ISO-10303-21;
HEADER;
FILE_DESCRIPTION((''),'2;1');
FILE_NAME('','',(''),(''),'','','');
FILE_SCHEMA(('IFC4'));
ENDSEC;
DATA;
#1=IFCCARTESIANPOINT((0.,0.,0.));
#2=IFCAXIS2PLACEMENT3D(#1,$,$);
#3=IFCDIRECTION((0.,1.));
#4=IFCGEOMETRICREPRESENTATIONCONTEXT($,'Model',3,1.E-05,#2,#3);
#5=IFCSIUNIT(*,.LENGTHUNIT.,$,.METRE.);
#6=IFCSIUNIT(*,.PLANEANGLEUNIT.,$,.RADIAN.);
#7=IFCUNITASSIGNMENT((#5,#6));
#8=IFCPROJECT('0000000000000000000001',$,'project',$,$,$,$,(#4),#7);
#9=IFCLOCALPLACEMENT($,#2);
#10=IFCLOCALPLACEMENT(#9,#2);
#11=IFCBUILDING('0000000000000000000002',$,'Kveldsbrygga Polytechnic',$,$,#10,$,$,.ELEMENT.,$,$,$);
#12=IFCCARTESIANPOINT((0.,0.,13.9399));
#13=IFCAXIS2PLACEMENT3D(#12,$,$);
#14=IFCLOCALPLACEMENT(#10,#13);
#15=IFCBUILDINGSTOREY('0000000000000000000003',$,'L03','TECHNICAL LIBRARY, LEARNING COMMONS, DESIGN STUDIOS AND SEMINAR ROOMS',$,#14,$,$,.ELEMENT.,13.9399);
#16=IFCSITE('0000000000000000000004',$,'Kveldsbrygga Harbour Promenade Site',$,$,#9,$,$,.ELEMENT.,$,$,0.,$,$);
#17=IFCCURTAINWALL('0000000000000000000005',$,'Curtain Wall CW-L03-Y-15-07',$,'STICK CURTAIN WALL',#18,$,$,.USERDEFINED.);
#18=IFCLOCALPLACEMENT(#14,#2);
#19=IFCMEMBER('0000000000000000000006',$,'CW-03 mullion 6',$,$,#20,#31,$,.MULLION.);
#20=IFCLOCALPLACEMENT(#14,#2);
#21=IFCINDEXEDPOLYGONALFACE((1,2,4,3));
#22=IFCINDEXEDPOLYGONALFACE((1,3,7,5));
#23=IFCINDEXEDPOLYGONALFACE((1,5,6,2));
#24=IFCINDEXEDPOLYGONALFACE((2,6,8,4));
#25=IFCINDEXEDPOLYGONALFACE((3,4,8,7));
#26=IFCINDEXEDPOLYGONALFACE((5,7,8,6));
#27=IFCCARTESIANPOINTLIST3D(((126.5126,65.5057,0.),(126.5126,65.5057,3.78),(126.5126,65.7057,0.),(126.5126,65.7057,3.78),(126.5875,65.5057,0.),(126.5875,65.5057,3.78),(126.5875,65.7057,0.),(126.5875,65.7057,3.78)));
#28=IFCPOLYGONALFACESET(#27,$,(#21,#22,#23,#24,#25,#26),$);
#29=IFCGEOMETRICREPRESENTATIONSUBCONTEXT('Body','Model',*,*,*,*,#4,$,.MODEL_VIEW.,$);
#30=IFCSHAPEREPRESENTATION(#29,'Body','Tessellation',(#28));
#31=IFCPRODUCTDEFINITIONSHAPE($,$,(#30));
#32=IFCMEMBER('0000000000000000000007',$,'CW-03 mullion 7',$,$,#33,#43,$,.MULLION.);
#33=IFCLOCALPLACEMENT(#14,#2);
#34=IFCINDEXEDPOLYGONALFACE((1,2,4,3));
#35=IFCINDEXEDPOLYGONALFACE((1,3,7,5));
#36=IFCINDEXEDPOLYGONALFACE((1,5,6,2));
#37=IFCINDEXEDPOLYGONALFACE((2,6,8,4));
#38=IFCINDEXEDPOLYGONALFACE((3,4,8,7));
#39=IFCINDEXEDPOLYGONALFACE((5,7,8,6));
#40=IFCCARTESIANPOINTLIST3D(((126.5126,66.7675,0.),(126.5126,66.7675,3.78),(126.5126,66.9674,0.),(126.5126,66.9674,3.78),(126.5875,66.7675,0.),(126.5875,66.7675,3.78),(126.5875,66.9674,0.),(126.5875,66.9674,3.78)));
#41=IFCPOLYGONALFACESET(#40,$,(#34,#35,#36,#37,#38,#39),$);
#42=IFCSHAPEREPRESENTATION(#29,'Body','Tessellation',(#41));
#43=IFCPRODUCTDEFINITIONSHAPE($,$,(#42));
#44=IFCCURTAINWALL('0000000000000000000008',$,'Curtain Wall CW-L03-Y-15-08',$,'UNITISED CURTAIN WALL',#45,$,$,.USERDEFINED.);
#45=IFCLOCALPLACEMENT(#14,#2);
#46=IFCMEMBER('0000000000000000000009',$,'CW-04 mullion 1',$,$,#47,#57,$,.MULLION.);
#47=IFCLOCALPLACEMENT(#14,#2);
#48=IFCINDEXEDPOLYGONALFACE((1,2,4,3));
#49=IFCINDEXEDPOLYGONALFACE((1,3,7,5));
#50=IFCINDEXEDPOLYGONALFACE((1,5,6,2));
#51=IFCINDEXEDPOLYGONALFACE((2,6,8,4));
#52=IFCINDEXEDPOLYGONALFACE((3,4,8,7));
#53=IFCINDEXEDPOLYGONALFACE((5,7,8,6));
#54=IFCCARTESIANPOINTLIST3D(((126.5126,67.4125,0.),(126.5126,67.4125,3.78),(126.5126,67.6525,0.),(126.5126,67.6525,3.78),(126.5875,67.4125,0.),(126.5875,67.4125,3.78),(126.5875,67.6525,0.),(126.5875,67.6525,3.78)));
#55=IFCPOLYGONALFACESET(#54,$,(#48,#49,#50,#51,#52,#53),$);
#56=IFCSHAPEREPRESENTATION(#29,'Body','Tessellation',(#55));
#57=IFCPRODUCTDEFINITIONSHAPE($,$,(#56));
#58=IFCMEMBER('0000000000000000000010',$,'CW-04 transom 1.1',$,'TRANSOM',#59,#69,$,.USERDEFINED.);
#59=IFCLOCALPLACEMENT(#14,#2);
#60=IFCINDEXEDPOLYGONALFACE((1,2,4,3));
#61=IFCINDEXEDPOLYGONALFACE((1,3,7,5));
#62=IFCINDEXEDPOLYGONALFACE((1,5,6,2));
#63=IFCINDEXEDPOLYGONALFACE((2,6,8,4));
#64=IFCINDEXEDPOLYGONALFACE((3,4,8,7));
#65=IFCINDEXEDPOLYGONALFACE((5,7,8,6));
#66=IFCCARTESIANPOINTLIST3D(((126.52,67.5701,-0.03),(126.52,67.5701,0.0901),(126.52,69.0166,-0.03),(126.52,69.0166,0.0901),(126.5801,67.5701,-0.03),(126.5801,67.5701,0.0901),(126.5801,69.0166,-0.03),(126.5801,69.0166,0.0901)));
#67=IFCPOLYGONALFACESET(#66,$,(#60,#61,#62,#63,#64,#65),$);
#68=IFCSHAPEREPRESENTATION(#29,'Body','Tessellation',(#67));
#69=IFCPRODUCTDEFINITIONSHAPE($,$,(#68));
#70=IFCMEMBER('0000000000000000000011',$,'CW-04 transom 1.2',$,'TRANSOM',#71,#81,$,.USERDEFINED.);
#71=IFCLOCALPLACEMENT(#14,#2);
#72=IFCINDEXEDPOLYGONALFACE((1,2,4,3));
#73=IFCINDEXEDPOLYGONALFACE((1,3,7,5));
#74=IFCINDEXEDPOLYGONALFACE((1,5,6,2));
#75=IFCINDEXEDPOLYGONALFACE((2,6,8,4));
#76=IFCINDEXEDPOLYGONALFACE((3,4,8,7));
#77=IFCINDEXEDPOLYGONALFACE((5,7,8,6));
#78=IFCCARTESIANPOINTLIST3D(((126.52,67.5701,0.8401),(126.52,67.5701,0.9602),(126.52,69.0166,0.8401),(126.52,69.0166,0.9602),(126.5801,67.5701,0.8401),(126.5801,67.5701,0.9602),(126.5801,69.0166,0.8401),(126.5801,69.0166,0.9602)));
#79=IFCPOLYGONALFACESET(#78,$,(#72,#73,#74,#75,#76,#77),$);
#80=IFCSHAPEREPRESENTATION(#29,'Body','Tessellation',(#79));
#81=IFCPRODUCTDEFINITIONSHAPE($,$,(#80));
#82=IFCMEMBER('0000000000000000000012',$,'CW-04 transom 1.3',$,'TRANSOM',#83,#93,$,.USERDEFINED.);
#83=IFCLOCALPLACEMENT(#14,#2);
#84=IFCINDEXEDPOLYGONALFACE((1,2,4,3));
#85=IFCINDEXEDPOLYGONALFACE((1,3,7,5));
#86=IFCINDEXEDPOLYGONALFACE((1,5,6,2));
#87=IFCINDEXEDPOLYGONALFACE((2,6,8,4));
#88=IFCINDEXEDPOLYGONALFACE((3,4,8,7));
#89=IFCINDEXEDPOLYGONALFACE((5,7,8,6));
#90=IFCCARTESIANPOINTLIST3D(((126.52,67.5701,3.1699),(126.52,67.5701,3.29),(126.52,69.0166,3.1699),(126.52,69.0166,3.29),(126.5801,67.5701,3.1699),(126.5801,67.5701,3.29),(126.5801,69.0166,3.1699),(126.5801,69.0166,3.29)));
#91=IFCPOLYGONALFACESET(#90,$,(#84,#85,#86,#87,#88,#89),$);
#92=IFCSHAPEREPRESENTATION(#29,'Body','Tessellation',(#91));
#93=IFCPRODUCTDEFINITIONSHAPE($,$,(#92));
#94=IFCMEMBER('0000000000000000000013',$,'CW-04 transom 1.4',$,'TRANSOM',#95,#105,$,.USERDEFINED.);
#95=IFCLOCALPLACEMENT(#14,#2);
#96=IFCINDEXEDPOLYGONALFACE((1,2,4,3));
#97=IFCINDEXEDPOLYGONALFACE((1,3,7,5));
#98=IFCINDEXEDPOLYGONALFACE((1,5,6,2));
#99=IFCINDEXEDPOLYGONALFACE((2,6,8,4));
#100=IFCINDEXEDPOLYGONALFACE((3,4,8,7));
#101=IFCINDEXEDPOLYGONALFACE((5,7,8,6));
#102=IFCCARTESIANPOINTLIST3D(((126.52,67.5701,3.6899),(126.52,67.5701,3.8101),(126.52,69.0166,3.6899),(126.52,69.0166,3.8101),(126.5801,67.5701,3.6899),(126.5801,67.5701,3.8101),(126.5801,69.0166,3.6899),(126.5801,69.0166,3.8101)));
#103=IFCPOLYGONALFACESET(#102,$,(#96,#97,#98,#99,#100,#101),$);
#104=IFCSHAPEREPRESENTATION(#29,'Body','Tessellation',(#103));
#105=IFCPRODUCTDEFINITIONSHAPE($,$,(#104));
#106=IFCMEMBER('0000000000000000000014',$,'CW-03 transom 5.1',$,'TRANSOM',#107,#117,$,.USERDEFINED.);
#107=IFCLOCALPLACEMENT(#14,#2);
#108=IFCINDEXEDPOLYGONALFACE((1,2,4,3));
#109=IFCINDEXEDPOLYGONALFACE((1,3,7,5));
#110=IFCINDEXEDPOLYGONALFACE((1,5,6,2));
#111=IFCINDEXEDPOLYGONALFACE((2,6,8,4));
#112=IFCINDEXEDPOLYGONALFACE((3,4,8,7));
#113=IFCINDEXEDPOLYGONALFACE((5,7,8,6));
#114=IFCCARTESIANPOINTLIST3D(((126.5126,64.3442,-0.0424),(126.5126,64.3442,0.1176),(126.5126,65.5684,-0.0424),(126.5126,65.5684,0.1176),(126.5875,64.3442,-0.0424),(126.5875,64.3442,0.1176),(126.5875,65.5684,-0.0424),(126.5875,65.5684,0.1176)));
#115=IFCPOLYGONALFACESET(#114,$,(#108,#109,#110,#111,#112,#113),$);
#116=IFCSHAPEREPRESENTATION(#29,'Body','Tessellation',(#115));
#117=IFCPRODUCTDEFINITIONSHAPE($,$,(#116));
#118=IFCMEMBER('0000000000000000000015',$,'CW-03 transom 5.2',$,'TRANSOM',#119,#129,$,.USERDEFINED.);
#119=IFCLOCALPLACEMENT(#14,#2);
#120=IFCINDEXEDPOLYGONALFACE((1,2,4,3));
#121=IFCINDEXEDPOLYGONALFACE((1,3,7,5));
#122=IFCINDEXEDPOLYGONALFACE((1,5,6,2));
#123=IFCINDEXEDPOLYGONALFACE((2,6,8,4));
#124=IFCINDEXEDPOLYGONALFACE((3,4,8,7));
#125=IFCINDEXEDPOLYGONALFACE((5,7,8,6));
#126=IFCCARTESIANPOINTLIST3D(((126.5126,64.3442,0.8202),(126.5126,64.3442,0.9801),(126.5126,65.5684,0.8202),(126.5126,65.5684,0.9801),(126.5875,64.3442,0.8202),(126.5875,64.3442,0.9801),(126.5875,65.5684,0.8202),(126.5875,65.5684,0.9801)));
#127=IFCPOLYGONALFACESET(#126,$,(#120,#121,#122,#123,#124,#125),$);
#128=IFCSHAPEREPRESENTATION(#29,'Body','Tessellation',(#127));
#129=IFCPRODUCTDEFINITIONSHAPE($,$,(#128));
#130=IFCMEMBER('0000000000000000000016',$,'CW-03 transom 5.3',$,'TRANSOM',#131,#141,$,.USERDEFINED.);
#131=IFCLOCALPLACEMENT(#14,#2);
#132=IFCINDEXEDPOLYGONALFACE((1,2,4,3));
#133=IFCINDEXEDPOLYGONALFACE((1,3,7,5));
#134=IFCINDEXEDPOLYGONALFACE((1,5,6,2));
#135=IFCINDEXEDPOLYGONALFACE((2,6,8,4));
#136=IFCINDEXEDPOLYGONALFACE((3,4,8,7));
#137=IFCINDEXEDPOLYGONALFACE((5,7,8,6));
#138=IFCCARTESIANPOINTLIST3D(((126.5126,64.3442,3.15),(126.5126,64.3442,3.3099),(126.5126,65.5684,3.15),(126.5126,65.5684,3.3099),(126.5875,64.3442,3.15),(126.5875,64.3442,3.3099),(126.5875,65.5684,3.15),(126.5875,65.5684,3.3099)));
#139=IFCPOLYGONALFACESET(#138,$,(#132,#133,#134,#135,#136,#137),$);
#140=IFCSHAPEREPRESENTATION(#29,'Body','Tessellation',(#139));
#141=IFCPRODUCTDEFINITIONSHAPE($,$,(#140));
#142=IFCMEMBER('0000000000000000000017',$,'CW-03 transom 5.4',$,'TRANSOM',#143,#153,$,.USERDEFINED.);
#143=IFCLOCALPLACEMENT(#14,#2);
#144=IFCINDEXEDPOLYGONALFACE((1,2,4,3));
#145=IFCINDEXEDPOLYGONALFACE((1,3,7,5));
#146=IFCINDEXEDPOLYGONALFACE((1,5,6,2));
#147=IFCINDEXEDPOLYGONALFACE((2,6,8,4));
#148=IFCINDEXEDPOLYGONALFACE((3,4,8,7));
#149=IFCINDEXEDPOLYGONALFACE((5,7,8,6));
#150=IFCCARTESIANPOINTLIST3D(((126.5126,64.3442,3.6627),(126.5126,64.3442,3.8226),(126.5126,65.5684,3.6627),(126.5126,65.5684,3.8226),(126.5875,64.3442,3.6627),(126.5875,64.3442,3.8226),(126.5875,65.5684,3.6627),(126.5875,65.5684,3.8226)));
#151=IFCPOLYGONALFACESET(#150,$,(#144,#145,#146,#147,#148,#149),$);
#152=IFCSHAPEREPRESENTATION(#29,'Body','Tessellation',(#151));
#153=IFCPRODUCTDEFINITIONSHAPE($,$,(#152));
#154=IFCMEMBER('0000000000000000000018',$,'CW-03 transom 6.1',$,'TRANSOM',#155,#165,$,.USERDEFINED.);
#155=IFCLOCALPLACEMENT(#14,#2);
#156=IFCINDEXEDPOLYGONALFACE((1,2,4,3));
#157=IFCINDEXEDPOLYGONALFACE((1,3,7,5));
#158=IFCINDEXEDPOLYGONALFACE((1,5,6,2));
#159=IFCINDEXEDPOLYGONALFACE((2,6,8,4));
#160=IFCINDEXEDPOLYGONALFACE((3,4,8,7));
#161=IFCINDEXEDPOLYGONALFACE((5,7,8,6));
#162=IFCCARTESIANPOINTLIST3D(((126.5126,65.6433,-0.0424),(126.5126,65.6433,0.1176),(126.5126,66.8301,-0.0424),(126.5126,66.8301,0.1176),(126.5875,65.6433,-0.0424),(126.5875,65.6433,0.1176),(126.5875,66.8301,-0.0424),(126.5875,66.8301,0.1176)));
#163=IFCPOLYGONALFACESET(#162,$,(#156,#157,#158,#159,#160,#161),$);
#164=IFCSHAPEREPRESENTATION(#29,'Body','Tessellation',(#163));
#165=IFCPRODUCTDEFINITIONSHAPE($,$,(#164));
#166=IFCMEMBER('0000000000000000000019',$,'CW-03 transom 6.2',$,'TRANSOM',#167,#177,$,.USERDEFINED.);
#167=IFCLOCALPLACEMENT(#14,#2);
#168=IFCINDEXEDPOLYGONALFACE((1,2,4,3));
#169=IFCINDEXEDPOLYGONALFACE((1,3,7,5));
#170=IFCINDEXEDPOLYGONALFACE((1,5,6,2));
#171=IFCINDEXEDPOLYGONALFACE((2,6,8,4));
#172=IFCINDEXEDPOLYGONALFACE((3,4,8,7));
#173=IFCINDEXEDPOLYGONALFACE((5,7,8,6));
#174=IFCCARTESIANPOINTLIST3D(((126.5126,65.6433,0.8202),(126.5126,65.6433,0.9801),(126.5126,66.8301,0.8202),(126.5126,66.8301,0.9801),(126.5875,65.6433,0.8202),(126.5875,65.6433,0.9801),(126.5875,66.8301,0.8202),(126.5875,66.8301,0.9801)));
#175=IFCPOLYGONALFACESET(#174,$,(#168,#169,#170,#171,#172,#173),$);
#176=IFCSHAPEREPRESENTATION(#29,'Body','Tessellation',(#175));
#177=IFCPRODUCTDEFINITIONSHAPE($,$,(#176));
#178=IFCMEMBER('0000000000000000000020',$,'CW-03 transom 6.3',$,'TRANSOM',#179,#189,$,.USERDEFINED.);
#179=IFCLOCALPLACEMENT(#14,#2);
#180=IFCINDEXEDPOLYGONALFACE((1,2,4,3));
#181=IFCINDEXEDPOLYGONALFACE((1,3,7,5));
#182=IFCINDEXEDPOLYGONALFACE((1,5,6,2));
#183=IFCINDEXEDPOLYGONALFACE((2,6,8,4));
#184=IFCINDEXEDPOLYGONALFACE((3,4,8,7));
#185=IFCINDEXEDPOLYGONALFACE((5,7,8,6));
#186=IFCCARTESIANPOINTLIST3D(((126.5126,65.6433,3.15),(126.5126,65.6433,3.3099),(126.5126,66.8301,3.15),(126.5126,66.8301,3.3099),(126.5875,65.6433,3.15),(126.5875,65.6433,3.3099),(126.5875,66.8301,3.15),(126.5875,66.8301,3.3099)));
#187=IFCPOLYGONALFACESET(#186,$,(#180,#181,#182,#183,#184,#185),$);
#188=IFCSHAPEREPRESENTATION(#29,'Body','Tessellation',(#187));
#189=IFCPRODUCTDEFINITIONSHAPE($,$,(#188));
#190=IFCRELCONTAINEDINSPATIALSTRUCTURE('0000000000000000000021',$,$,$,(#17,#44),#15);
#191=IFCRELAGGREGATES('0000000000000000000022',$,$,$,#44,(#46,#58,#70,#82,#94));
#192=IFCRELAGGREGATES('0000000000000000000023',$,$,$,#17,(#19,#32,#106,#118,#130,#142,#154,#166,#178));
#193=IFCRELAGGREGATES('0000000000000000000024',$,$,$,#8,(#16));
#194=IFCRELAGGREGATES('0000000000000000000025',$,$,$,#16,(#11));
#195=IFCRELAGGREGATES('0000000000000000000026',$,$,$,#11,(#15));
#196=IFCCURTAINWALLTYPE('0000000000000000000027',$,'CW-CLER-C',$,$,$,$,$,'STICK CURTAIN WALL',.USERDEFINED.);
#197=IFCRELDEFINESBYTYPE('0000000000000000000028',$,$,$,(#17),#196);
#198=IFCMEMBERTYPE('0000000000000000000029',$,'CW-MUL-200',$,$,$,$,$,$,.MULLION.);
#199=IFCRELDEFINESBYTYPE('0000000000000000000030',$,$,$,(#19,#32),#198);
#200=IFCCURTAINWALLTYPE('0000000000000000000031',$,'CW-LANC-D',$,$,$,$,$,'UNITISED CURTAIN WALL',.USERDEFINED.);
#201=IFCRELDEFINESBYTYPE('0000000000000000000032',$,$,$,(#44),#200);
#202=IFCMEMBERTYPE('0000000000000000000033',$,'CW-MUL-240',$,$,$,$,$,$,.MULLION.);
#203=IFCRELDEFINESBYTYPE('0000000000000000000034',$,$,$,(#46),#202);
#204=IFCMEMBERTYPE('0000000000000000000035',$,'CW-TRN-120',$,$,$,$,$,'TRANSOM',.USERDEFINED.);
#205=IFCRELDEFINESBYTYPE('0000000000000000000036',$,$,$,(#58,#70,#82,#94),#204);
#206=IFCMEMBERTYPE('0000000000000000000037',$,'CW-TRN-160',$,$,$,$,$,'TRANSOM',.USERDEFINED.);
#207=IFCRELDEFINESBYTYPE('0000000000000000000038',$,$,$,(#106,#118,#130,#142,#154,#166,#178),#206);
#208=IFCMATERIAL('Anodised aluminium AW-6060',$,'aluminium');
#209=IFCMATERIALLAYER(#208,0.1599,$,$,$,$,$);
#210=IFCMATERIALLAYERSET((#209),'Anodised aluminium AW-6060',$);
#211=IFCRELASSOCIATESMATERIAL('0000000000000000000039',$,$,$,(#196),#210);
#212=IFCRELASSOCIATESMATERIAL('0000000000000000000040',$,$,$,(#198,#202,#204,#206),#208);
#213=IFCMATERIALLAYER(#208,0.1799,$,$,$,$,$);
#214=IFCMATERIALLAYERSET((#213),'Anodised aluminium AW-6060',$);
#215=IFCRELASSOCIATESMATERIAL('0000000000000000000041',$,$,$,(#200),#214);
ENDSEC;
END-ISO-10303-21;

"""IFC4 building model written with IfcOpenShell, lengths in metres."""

from ifc_helpers import new_model, si_unit, direction, frame, origin, origin_2d, place, context, subcontext, project, spatial, rectangle, extrude, material, layer, layer_set, material_profile, profile_set, type_object, element, aggregate, save


model = new_model("IFC4")

# Units and contexts
model_context = context("Model", 3, precision=1e-05, world=origin(), true_north=direction((0.0, 1.0)))
body_context = subcontext(model_context, "Body", "Model", "MODEL_VIEW")
ifc_project = project(units=[si_unit("LENGTHUNIT", "METRE"), si_unit("PLANEANGLEUNIT", "RADIAN")], contexts=[model_context])

# Site, building, storey
site_placement = place(None, origin())
site = spatial("IfcSite", under=ifc_project, at=site_placement, Name="Kveldsbrygga Harbour Promenade Site", CompositionType="ELEMENT", RefElevation=0.0)
building_placement = place(site_placement, origin())
building = spatial("IfcBuilding", under=site, at=building_placement, Name="Kveldsbrygga Polytechnic", CompositionType="ELEMENT")
storey_placement = place(building_placement, frame((0.0, 0.0, 13.9399)))
storey = spatial("IfcBuildingStorey", under=building, at=storey_placement, Name="L03", Description="TECHNICAL LIBRARY, LEARNING COMMONS, DESIGN STUDIOS AND SEMINAR ROOMS", CompositionType="ELEMENT", Elevation=13.9399)

# Curtain walls, members
ifc_material_1 = material(Name="Anodised aluminium AW-6060", Category="aluminium")
ifc_layer_1 = layer(ifc_material_1, 0.1599)
ifc_layer_set_1 = layer_set([ifc_layer_1], Name="Anodised aluminium AW-6060")
curtain_wall_type_1 = type_object("IfcCurtainWallType", Name="CW-CLER-C", ElementType="STICK CURTAIN WALL", PredefinedType="USERDEFINED", material=ifc_layer_set_1)
curtain_wall_1_placement = place(storey_placement, origin())
curtain_wall_1 = element("IfcCurtainWall", 1, at=curtain_wall_1_placement, inside=storey, type_object=curtain_wall_type_1, Name="Curtain Wall CW-L03-Y-15-07", ObjectType="STICK CURTAIN WALL", PredefinedType="USERDEFINED")
ifc_material_profile_1 = material_profile(ifc_material_1, rectangle(XDim=0.075, YDim=0.2, at=origin_2d()), Name="ALU 75x200")
ifc_profile_set_1 = profile_set([ifc_material_profile_1], Name="Anodised aluminium AW-6060")
member_type_1 = type_object("IfcMemberType", Name="CW-MUL-200", PredefinedType="MULLION", material=ifc_profile_set_1)
member_1_placement = place(storey_placement, frame((126.55, 65.6057, 0.0), z_axis=(0.0, 0.0, 1.0), x_axis=(-1.0, 0.0, 0.0)))
member_1 = element("IfcMember", 2, at=member_1_placement, type_object=member_type_1, Name="CW-03 mullion 6", PredefinedType="MULLION", context=body_context, shape_type="SweptSolid", body=[
    extrude(rectangle(XDim=0.075, YDim=0.2, at=origin_2d()), origin(), (0.0, 0.0, 1.0), 3.78),
])
member_2_placement = place(storey_placement, frame((126.55, 66.8674, 0.0), z_axis=(0.0, 0.0, 1.0), x_axis=(-1.0, 0.0, 0.0)))
member_2 = element("IfcMember", 3, at=member_2_placement, type_object=member_type_1, Name="CW-03 mullion 7", PredefinedType="MULLION", context=body_context, shape_type="SweptSolid", body=[
    extrude(rectangle(XDim=0.075, YDim=0.2, at=origin_2d()), origin(), (0.0, 0.0, 1.0), 3.78),
])
ifc_layer_2 = layer(ifc_material_1, 0.1799)
ifc_layer_set_2 = layer_set([ifc_layer_2], Name="Anodised aluminium AW-6060")
curtain_wall_type_2 = type_object("IfcCurtainWallType", Name="CW-LANC-D", ElementType="UNITISED CURTAIN WALL", PredefinedType="USERDEFINED", material=ifc_layer_set_2)
curtain_wall_2_placement = place(storey_placement, origin())
curtain_wall_2 = element("IfcCurtainWall", 4, at=curtain_wall_2_placement, inside=storey, type_object=curtain_wall_type_2, Name="Curtain Wall CW-L03-Y-15-08", ObjectType="UNITISED CURTAIN WALL", PredefinedType="USERDEFINED")
ifc_material_profile_2 = material_profile(ifc_material_1, rectangle(XDim=0.075, YDim=0.24, at=origin_2d()), Name="ALU 75x240")
ifc_profile_set_2 = profile_set([ifc_material_profile_2], Name="Anodised aluminium AW-6060")
member_type_2 = type_object("IfcMemberType", Name="CW-MUL-240", PredefinedType="MULLION", material=ifc_profile_set_2)
member_3_placement = place(storey_placement, frame((126.55, 67.5325, 0.0), z_axis=(0.0, 0.0, 1.0), x_axis=(-1.0, 0.0, 0.0)))
member_3 = element("IfcMember", 5, at=member_3_placement, type_object=member_type_2, Name="CW-04 mullion 1", PredefinedType="MULLION", context=body_context, shape_type="SweptSolid", body=[
    extrude(rectangle(XDim=0.075, YDim=0.24, at=origin_2d()), origin(), (0.0, 0.0, 1.0), 3.78),
])
ifc_material_profile_3 = material_profile(ifc_material_1, rectangle(XDim=0.0601, YDim=0.1201, at=origin_2d()), Name="ALU 60x120")
ifc_profile_set_3 = profile_set([ifc_material_profile_3], Name="Anodised aluminium AW-6060")
member_type_3 = type_object("IfcMemberType", Name="CW-TRN-120", ElementType="TRANSOM", PredefinedType="USERDEFINED", material=ifc_profile_set_3)
member_4_placement = place(storey_placement, frame((126.55, 67.5701, 0.03), z_axis=(0.0, 1.0, 0.0), x_axis=(-1.0, 0.0, 0.0)))
member_4 = element("IfcMember", 6, at=member_4_placement, type_object=member_type_3, Name="CW-04 transom 1.1", ObjectType="TRANSOM", PredefinedType="USERDEFINED", context=body_context, shape_type="SweptSolid", body=[
    extrude(rectangle(XDim=0.0601, YDim=0.1201, at=origin_2d()), origin(), (0.0, 0.0, 1.0), 1.4465),
])
member_5_placement = place(storey_placement, frame((126.55, 67.5701, 0.9001), z_axis=(0.0, 1.0, 0.0), x_axis=(-1.0, 0.0, 0.0)))
member_5 = element("IfcMember", 7, at=member_5_placement, type_object=member_type_3, Name="CW-04 transom 1.2", ObjectType="TRANSOM", PredefinedType="USERDEFINED", context=body_context, shape_type="SweptSolid", body=[
    extrude(rectangle(XDim=0.0601, YDim=0.1201, at=origin_2d()), origin(), (0.0, 0.0, 1.0), 1.4465),
])
member_6_placement = place(storey_placement, frame((126.55, 67.5701, 3.23), z_axis=(0.0, 1.0, 0.0), x_axis=(-1.0, 0.0, 0.0)))
member_6 = element("IfcMember", 8, at=member_6_placement, type_object=member_type_3, Name="CW-04 transom 1.3", ObjectType="TRANSOM", PredefinedType="USERDEFINED", context=body_context, shape_type="SweptSolid", body=[
    extrude(rectangle(XDim=0.0601, YDim=0.1201, at=origin_2d()), origin(), (0.0, 0.0, 1.0), 1.4465),
])
member_7_placement = place(storey_placement, frame((126.55, 67.5701, 3.75), z_axis=(0.0, 1.0, 0.0), x_axis=(-1.0, 0.0, 0.0)))
member_7 = element("IfcMember", 9, at=member_7_placement, type_object=member_type_3, Name="CW-04 transom 1.4", ObjectType="TRANSOM", PredefinedType="USERDEFINED", context=body_context, shape_type="SweptSolid", body=[
    extrude(rectangle(XDim=0.0601, YDim=0.1201, at=origin_2d()), origin(), (0.0, 0.0, 1.0), 1.4465),
])
aggregate(curtain_wall_2, [member_3, member_4, member_5, member_6, member_7])

# Members
ifc_material_profile_4 = material_profile(ifc_material_1, rectangle(XDim=0.075, YDim=0.1599, at=origin_2d()), Name="ALU 75x160")
ifc_profile_set_4 = profile_set([ifc_material_profile_4], Name="Anodised aluminium AW-6060")
member_type_4 = type_object("IfcMemberType", Name="CW-TRN-160", ElementType="TRANSOM", PredefinedType="USERDEFINED", material=ifc_profile_set_4)
member_8_placement = place(storey_placement, frame((126.55, 64.3442, 0.0376), z_axis=(0.0, 1.0, 0.0), x_axis=(-1.0, 0.0, 0.0)))
member_8 = element("IfcMember", 10, at=member_8_placement, type_object=member_type_4, Name="CW-03 transom 5.1", ObjectType="TRANSOM", PredefinedType="USERDEFINED", context=body_context, shape_type="SweptSolid", body=[
    extrude(rectangle(XDim=0.075, YDim=0.1599, at=origin_2d()), origin(), (0.0, 0.0, 1.0), 1.2241),
])
member_9_placement = place(storey_placement, frame((126.55, 64.3442, 0.9001), z_axis=(0.0, 1.0, 0.0), x_axis=(-1.0, 0.0, 0.0)))
member_9 = element("IfcMember", 11, at=member_9_placement, type_object=member_type_4, Name="CW-03 transom 5.2", ObjectType="TRANSOM", PredefinedType="USERDEFINED", context=body_context, shape_type="SweptSolid", body=[
    extrude(rectangle(XDim=0.075, YDim=0.1599, at=origin_2d()), origin(), (0.0, 0.0, 1.0), 1.2241),
])
member_10_placement = place(storey_placement, frame((126.55, 64.3442, 3.23), z_axis=(0.0, 1.0, 0.0), x_axis=(-1.0, 0.0, 0.0)))
member_10 = element("IfcMember", 12, at=member_10_placement, type_object=member_type_4, Name="CW-03 transom 5.3", ObjectType="TRANSOM", PredefinedType="USERDEFINED", context=body_context, shape_type="SweptSolid", body=[
    extrude(rectangle(XDim=0.075, YDim=0.1599, at=origin_2d()), origin(), (0.0, 0.0, 1.0), 1.2241),
])
member_11_placement = place(storey_placement, frame((126.55, 64.3442, 3.7427), z_axis=(0.0, 1.0, 0.0), x_axis=(-1.0, 0.0, 0.0)))
member_11 = element("IfcMember", 13, at=member_11_placement, type_object=member_type_4, Name="CW-03 transom 5.4", ObjectType="TRANSOM", PredefinedType="USERDEFINED", context=body_context, shape_type="SweptSolid", body=[
    extrude(rectangle(XDim=0.075, YDim=0.1599, at=origin_2d()), origin(), (0.0, 0.0, 1.0), 1.2241),
])
member_12_placement = place(storey_placement, frame((126.55, 65.6433, 0.0376), z_axis=(0.0, 1.0, 0.0), x_axis=(-1.0, 0.0, 0.0)))
member_12 = element("IfcMember", 14, at=member_12_placement, type_object=member_type_4, Name="CW-03 transom 6.1", ObjectType="TRANSOM", PredefinedType="USERDEFINED", context=body_context, shape_type="SweptSolid", body=[
    extrude(rectangle(XDim=0.075, YDim=0.1599, at=origin_2d()), origin(), (0.0, 0.0, 1.0), 1.1868),
])
member_13_placement = place(storey_placement, frame((126.55, 65.6433, 0.9001), z_axis=(0.0, 1.0, 0.0), x_axis=(-1.0, 0.0, 0.0)))
member_13 = element("IfcMember", 15, at=member_13_placement, type_object=member_type_4, Name="CW-03 transom 6.2", ObjectType="TRANSOM", PredefinedType="USERDEFINED", context=body_context, shape_type="SweptSolid", body=[
    extrude(rectangle(XDim=0.075, YDim=0.1599, at=origin_2d()), origin(), (0.0, 0.0, 1.0), 1.1868),
])
member_14_placement = place(storey_placement, frame((126.55, 65.6433, 3.23), z_axis=(0.0, 1.0, 0.0), x_axis=(-1.0, 0.0, 0.0)))
member_14 = element("IfcMember", 16, at=member_14_placement, type_object=member_type_4, Name="CW-03 transom 6.3", ObjectType="TRANSOM", PredefinedType="USERDEFINED", context=body_context, shape_type="SweptSolid", body=[
    extrude(rectangle(XDim=0.075, YDim=0.1599, at=origin_2d()), origin(), (0.0, 0.0, 1.0), 1.1868),
])

aggregate(curtain_wall_1, [member_1, member_2, member_8, member_9, member_10, member_11, member_12, member_13, member_14])

save(model, "model.ifc")
